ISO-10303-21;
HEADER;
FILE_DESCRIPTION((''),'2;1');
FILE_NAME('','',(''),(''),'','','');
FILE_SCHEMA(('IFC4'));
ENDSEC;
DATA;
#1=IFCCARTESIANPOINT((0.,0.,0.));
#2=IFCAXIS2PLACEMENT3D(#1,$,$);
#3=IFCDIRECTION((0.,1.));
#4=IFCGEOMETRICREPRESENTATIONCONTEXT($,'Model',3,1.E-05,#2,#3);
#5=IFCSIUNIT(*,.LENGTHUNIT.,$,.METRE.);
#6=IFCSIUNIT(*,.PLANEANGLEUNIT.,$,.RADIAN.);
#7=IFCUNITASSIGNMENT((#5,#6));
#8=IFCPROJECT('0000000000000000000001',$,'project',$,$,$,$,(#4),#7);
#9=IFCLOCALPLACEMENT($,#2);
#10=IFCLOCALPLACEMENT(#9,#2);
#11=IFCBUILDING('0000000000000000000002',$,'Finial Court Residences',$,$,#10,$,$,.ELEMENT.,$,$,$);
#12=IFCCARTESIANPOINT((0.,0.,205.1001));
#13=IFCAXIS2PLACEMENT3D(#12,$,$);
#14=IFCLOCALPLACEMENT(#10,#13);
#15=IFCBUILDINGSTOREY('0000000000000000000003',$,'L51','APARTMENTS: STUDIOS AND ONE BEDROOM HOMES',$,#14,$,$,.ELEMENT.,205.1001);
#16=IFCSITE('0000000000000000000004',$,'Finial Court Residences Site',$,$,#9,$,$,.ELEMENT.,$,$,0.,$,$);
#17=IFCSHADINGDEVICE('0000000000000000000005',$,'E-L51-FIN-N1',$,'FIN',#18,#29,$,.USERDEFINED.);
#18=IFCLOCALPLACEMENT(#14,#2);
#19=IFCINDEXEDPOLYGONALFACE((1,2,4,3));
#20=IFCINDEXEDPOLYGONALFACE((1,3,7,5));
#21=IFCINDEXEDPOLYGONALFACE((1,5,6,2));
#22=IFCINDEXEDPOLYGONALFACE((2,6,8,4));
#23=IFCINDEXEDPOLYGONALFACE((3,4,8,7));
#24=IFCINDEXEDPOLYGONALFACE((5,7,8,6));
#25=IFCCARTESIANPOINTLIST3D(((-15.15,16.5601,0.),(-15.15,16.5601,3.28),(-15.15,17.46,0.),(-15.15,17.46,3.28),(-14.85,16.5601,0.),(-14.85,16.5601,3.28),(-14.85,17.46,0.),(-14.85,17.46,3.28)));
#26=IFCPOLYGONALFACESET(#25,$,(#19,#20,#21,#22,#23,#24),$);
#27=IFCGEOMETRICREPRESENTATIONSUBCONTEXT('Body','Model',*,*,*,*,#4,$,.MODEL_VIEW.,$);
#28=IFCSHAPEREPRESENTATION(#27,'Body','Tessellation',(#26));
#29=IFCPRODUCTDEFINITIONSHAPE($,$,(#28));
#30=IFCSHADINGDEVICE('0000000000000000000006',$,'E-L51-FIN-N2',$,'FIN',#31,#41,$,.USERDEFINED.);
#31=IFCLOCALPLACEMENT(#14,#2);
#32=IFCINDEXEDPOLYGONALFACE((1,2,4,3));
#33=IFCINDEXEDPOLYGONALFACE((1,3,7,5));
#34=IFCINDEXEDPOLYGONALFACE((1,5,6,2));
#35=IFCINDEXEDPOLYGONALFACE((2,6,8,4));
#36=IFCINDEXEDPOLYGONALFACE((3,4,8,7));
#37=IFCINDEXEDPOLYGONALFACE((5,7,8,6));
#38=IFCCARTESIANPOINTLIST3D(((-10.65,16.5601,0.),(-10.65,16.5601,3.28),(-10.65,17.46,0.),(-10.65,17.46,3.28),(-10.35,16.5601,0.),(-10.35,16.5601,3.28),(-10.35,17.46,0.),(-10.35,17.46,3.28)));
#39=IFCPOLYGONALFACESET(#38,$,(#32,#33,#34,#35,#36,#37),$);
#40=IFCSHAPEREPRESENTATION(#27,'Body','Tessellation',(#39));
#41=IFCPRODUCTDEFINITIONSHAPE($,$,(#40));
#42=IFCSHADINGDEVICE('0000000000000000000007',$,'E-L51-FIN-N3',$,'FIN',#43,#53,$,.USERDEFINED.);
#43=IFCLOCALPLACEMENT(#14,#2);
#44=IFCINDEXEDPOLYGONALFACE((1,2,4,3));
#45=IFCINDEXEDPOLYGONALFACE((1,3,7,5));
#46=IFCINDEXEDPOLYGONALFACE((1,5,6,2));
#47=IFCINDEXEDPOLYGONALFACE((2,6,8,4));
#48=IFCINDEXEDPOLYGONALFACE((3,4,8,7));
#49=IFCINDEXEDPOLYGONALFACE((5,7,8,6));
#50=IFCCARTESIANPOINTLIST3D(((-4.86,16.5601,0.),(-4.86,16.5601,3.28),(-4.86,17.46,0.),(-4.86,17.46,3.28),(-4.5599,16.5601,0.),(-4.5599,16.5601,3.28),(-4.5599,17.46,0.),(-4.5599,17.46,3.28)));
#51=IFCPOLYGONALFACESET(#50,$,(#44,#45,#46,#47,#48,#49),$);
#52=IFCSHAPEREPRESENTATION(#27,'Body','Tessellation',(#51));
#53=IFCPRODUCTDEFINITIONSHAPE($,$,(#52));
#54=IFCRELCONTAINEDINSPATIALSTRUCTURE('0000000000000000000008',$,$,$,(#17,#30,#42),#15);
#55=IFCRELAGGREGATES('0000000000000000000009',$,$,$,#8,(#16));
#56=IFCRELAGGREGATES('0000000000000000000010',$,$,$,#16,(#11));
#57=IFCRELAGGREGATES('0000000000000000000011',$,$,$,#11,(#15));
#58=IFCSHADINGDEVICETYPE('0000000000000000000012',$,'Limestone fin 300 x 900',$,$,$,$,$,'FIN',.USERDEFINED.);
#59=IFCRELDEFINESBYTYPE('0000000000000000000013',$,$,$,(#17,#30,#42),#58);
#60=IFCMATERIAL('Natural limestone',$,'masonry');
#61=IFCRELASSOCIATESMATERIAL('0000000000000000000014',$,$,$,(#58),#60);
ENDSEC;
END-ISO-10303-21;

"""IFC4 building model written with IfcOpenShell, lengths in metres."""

from ifc_helpers import new_model, si_unit, direction, frame, origin, origin_2d, place, context, subcontext, project, spatial, rectangle, extrude, material, type_object, element, save


model = new_model("IFC4")

# Units and contexts
model_context = context("Model", 3, precision=1e-05, world=origin(), true_north=direction((0.0, 1.0)))
body_context = subcontext(model_context, "Body", "Model", "MODEL_VIEW")
ifc_project = project(units=[si_unit("LENGTHUNIT", "METRE"), si_unit("PLANEANGLEUNIT", "RADIAN")], contexts=[model_context])

# Site, building, storey
site_placement = place(None, origin())
site = spatial("IfcSite", under=ifc_project, at=site_placement, Name="Finial Court Residences Site", CompositionType="ELEMENT", RefElevation=0.0)
building_placement = place(site_placement, origin())
building = spatial("IfcBuilding", under=site, at=building_placement, Name="Finial Court Residences", CompositionType="ELEMENT")
storey_placement = place(building_placement, frame((0.0, 0.0, 205.1001)))
storey = spatial("IfcBuildingStorey", under=building, at=storey_placement, Name="L51", Description="APARTMENTS: STUDIOS AND ONE BEDROOM HOMES", CompositionType="ELEMENT", Elevation=205.1001)

# Shared definitions
ifc_material_1 = material(Name="Natural limestone", Category="masonry")

# Shading devices
shading_device_type = type_object("IfcShadingDeviceType", Name="Limestone fin 300 x 900", ElementType="FIN", PredefinedType="USERDEFINED", material=ifc_material_1)
for number, where, z_axis, x_axis, name in (
    (1, (-15.0, 17.01, 0.0), (0.0, 0.0, 1.0), (1.0, 0.0, 0.0), "E-L51-FIN-N1"),
    (2, (-10.5, 17.01, 0.0), (0.0, 0.0, 1.0), (1.0, 0.0, 0.0), "E-L51-FIN-N2"),
    (3, (-4.71, 17.01, 0.0), (0.0, 0.0, 1.0), (1.0, 0.0, 0.0), "E-L51-FIN-N3"),
):
    element("IfcShadingDevice", number, at=place(storey_placement, frame(where, z_axis=z_axis, x_axis=x_axis)), inside=storey, type_object=shading_device_type, Name=name, ObjectType="FIN", PredefinedType="USERDEFINED", context=body_context, shape_type="SweptSolid", body=[
        extrude(rectangle(XDim=0.3, YDim=0.8999, at=origin_2d()), origin(), (0.0, 0.0, 1.0), 3.28),
    ])

save(model, "model.ifc")
